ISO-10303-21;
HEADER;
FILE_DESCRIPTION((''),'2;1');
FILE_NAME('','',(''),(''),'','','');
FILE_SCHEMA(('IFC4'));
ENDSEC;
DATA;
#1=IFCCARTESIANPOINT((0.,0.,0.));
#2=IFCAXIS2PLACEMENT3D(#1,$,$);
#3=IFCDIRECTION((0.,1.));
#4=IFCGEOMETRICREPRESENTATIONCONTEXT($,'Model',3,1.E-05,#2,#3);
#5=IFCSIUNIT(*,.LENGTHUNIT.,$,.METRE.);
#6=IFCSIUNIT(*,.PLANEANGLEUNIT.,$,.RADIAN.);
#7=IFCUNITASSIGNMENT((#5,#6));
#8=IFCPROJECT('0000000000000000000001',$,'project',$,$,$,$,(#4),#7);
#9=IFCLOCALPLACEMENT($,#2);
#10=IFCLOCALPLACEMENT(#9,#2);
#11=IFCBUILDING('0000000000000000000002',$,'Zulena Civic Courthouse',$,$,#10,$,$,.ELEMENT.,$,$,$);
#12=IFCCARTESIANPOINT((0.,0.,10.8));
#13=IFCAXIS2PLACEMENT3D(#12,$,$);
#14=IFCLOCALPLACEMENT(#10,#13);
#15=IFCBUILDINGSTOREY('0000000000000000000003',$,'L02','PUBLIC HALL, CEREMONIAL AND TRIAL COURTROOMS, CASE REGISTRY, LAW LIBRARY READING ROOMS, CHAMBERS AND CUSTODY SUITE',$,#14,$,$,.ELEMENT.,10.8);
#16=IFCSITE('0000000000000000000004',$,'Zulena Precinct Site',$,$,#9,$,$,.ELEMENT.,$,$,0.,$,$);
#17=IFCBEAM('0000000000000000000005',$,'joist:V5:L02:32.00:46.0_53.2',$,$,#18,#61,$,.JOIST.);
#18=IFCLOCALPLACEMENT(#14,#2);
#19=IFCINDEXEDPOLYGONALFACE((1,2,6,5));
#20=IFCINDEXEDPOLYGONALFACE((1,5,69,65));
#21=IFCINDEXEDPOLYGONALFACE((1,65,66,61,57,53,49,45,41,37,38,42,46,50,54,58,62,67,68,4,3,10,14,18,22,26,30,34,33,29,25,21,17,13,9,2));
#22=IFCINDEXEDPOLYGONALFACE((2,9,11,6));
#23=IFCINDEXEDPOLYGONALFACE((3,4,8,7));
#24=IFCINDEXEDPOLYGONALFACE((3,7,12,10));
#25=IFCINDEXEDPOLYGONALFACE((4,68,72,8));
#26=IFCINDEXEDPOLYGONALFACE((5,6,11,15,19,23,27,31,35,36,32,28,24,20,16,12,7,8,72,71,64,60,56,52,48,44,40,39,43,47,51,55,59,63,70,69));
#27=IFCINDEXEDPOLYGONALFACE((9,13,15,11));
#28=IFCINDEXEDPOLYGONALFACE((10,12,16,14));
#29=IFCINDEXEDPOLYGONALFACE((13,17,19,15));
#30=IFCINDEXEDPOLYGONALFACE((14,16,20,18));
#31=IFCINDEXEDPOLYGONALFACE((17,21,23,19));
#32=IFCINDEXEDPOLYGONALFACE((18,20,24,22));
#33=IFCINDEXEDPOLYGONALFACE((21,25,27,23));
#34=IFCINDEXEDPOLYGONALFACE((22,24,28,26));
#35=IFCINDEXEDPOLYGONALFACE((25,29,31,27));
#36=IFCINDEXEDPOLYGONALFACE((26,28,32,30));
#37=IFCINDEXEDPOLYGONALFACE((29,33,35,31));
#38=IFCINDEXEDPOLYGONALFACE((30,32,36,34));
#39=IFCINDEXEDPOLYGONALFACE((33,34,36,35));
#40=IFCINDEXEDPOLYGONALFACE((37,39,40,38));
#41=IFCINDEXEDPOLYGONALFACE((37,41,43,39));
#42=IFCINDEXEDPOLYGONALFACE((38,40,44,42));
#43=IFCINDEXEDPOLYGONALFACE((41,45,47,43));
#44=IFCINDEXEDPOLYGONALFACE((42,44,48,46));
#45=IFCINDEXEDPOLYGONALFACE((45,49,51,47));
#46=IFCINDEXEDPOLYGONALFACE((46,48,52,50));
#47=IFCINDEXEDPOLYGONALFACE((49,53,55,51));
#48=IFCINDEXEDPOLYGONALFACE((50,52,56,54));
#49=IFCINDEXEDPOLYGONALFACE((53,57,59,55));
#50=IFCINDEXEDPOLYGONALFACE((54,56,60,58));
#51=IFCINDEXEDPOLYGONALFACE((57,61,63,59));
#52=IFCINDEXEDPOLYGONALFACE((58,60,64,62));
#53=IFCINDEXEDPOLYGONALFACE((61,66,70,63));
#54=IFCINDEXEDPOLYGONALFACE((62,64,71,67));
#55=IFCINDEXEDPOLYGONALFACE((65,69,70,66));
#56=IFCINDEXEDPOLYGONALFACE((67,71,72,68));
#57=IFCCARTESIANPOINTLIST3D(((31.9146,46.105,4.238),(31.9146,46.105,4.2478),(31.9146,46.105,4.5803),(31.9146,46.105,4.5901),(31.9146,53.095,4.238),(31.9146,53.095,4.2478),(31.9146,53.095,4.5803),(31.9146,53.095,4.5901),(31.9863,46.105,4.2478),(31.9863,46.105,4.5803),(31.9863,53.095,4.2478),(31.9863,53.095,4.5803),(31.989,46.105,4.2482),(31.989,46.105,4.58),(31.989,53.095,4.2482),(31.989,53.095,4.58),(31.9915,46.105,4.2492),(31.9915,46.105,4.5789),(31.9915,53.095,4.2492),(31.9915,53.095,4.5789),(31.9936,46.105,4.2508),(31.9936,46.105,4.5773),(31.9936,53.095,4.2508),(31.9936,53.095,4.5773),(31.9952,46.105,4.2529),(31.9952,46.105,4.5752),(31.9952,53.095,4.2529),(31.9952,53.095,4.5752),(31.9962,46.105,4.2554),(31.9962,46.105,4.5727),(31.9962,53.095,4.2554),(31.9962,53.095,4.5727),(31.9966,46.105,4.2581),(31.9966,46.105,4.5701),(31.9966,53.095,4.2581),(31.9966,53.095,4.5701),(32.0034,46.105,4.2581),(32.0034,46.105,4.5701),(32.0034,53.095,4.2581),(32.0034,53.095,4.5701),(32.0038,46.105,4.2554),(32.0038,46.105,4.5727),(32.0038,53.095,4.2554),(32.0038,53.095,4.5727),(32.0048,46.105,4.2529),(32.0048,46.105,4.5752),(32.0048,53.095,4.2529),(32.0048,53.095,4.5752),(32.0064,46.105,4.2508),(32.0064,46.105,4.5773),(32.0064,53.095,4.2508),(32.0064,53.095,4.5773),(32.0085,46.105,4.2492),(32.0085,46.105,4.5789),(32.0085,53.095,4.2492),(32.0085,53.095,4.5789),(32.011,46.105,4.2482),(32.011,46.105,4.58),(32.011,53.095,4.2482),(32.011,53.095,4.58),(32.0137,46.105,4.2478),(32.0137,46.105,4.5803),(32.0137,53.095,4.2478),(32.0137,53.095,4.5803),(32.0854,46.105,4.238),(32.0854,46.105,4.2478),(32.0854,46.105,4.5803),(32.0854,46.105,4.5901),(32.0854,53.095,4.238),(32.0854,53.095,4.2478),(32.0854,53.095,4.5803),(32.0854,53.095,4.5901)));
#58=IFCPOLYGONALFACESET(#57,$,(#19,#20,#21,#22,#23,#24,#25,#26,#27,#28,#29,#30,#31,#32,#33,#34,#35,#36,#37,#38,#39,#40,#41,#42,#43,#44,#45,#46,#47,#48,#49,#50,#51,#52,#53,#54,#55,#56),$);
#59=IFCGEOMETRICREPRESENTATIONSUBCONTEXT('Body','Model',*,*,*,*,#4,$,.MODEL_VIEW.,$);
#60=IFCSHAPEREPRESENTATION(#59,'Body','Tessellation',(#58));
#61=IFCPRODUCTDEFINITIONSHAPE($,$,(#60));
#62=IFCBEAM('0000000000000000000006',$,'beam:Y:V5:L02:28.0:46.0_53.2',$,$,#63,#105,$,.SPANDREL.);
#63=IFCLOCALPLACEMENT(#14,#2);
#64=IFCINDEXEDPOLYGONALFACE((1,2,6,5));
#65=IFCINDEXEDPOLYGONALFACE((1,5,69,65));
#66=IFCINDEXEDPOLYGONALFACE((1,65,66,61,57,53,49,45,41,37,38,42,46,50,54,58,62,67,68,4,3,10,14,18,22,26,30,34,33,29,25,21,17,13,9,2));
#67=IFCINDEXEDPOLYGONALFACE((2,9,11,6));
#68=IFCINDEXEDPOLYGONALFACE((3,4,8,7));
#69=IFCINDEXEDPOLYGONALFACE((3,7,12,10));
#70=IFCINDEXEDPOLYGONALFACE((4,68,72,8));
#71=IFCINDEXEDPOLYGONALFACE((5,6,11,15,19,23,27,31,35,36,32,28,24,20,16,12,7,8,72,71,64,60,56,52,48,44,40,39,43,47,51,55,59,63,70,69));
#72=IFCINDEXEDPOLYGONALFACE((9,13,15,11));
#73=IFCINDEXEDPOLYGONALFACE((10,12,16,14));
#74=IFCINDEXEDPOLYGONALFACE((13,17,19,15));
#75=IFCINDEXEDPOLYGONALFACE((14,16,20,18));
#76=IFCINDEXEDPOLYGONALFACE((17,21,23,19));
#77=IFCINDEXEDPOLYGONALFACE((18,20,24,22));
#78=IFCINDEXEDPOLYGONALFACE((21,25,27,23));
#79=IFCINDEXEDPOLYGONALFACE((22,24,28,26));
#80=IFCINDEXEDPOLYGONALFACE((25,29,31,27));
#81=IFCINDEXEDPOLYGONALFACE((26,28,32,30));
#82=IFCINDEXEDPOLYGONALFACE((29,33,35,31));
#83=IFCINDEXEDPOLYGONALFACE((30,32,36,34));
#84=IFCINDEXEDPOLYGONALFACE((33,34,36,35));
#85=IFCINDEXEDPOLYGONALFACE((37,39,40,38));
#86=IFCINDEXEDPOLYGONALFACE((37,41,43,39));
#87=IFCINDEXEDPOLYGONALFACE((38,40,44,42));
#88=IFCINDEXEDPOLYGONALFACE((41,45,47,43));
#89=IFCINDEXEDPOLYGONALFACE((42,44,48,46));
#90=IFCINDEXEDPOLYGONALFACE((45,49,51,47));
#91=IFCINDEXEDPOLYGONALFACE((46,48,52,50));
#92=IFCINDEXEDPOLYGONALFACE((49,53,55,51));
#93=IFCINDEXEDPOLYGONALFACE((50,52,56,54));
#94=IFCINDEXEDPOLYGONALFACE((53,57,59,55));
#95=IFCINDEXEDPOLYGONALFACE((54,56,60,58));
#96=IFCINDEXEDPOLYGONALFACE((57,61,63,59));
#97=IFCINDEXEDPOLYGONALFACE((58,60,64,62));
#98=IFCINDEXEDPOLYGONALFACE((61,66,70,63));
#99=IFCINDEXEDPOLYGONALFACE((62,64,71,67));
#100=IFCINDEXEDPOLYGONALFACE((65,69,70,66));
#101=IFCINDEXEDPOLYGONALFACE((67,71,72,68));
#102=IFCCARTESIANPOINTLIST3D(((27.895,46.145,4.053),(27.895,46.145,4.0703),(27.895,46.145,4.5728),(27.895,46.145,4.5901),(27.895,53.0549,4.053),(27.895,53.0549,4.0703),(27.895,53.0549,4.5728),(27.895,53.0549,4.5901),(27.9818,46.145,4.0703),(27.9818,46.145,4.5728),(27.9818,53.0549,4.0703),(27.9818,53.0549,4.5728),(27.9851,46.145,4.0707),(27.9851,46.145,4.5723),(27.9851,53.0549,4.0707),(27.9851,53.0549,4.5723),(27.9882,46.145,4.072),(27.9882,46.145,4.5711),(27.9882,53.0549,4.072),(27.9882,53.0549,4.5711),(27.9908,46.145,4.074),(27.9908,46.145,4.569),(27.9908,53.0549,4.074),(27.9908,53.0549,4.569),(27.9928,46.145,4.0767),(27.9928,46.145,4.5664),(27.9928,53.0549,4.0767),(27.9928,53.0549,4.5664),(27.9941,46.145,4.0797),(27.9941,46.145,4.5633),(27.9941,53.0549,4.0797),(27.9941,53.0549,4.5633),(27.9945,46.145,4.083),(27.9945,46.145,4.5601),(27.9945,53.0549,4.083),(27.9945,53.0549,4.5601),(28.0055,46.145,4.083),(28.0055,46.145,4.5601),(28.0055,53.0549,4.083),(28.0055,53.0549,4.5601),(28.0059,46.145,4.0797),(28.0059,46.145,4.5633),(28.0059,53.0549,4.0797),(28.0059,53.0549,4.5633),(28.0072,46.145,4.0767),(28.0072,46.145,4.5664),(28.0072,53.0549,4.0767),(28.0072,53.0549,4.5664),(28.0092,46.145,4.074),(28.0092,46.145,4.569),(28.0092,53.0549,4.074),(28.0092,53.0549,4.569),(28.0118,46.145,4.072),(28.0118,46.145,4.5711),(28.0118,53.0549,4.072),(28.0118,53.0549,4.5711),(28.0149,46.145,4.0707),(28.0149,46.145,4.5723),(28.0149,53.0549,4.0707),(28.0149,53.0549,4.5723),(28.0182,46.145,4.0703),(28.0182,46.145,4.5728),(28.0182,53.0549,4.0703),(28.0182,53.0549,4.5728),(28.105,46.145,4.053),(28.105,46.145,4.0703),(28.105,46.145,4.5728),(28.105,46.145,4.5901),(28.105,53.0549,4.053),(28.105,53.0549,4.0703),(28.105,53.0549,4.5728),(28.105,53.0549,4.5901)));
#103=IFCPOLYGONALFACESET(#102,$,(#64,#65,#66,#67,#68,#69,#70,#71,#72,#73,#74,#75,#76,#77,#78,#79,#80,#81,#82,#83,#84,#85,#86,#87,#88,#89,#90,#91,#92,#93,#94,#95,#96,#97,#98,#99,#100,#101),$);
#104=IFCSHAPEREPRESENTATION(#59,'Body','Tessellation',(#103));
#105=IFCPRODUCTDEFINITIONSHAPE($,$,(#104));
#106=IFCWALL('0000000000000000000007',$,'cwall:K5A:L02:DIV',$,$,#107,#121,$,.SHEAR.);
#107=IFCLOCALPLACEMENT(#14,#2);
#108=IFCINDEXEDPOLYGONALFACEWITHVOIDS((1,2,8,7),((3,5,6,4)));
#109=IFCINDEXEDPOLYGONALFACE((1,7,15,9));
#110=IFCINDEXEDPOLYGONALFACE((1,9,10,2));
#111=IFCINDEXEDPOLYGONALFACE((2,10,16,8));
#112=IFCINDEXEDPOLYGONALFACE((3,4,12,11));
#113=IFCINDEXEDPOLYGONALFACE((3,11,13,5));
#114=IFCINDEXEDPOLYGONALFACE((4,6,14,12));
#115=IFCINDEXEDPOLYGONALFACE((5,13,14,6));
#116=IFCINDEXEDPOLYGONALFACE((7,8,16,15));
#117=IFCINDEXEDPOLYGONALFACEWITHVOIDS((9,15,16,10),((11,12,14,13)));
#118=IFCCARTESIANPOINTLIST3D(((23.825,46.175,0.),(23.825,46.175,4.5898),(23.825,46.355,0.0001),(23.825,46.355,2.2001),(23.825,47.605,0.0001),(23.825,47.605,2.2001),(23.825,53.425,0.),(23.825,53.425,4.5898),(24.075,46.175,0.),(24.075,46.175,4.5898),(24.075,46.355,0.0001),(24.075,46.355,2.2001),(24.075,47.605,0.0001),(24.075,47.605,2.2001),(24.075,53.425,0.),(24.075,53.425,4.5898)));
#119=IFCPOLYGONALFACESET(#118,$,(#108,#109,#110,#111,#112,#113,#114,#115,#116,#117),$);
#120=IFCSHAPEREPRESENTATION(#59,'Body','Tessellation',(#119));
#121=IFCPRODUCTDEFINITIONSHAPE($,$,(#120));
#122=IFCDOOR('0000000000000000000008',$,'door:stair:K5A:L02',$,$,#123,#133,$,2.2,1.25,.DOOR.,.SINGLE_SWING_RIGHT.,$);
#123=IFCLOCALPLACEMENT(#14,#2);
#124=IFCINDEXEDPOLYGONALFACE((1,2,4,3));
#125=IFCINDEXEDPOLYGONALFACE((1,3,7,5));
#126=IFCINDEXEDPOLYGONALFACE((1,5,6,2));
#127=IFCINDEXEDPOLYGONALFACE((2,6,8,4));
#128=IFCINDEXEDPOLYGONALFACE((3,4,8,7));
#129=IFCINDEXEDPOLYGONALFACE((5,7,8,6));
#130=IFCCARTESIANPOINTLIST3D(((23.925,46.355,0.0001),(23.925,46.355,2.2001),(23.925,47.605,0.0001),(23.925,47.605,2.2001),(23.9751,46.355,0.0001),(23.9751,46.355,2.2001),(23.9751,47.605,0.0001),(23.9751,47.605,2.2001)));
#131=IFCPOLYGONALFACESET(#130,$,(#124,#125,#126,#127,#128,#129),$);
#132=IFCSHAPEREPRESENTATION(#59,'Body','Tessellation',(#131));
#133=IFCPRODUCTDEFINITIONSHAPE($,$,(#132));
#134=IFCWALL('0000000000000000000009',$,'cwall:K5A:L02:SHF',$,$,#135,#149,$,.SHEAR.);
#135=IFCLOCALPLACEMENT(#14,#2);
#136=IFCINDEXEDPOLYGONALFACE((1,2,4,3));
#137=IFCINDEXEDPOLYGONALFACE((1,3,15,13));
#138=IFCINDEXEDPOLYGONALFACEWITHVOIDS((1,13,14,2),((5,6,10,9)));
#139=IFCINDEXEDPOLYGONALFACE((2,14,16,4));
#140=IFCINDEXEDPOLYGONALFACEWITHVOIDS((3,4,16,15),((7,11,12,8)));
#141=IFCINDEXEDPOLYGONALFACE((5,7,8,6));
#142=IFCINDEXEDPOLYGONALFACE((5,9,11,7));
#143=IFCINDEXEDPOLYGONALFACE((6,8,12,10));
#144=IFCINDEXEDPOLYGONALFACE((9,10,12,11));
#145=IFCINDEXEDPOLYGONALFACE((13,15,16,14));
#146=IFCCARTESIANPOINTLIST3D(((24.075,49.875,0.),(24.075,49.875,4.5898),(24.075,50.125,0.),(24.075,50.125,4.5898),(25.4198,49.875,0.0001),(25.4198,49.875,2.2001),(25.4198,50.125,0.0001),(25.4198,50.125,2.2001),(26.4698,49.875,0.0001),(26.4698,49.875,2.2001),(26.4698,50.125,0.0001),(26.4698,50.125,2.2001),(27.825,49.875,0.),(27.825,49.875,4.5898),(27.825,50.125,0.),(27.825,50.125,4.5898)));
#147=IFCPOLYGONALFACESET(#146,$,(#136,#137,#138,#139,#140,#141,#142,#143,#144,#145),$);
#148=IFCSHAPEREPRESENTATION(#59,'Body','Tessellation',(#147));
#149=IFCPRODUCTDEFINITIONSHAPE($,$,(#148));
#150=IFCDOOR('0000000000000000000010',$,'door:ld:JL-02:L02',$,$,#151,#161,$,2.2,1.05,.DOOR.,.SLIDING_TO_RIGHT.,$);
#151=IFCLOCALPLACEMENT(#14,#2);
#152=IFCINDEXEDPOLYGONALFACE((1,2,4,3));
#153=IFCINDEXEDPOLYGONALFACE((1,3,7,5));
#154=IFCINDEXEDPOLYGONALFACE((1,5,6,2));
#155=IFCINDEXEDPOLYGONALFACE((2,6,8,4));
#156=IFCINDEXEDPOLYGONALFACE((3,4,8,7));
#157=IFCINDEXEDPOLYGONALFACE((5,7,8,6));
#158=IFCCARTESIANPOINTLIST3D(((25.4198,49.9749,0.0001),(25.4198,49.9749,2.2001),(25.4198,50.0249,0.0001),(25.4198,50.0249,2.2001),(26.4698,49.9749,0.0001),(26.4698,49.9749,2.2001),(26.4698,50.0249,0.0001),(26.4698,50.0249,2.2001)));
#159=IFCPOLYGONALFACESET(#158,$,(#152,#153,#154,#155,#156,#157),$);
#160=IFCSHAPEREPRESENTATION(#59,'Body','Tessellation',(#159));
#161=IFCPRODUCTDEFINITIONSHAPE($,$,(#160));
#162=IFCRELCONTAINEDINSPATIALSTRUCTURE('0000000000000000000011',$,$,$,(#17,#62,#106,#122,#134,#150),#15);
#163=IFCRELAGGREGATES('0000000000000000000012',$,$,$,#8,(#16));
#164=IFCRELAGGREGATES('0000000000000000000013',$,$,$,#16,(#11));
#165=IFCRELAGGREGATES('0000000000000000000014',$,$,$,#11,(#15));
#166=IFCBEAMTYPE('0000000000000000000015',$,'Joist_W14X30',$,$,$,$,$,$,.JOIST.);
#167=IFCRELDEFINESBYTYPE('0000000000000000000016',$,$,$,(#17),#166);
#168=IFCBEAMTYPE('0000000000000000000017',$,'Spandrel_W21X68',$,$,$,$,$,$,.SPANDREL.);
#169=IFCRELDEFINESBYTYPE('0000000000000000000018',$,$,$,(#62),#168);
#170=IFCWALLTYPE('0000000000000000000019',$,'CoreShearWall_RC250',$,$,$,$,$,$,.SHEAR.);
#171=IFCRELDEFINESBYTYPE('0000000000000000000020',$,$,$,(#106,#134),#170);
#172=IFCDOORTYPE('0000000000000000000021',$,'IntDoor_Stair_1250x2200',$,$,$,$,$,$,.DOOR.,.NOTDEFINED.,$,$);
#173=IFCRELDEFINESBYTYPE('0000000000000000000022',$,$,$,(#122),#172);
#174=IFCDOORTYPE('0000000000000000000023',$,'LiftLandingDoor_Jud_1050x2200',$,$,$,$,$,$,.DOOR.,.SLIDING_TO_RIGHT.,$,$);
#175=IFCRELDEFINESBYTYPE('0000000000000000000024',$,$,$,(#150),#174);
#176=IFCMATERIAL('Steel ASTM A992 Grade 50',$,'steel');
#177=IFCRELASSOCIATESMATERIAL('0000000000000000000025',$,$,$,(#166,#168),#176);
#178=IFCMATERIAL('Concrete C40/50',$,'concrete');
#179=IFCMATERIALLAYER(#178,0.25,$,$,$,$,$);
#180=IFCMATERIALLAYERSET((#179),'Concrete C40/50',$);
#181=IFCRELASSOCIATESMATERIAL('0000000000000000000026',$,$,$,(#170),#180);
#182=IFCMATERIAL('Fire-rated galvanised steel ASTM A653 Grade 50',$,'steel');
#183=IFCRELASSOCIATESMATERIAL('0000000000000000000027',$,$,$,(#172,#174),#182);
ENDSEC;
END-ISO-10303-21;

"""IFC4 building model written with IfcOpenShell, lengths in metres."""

from ifc_helpers import new_model, si_unit, direction, frame, frame_2d, origin, origin_2d, place, context, subcontext, project, spatial, rectangle, i_section, extrude, material, layer, layer_set, material_profile, profile_set, type_object, element, fill, save


model = new_model("IFC4")

# Units and contexts
model_context = context("Model", 3, precision=1e-05, world=origin(), true_north=direction((0.0, 1.0)))
body_context = subcontext(model_context, "Body", "Model", "MODEL_VIEW")
ifc_project = project(units=[si_unit("LENGTHUNIT", "METRE"), si_unit("PLANEANGLEUNIT", "RADIAN")], contexts=[model_context])

# Site, building, storey
site_placement = place(None, origin())
site = spatial("IfcSite", under=ifc_project, at=site_placement, Name="Zulena Precinct Site", CompositionType="ELEMENT", RefElevation=0.0)
building_placement = place(site_placement, origin())
building = spatial("IfcBuilding", under=site, at=building_placement, Name="Zulena Civic Courthouse", CompositionType="ELEMENT")
storey_placement = place(building_placement, frame((0.0, 0.0, 10.8)))
storey = spatial("IfcBuildingStorey", under=building, at=storey_placement, Name="L02", Description="PUBLIC HALL, CEREMONIAL AND TRIAL COURTROOMS, CASE REGISTRY, LAW LIBRARY READING ROOMS, CHAMBERS AND CUSTODY SUITE", CompositionType="ELEMENT", Elevation=10.8)

# Beams
ifc_material_1 = material(Name="Steel ASTM A992 Grade 50", Category="steel")
ifc_material_profile_1 = material_profile(ifc_material_1, i_section(OverallWidth=0.1709, OverallDepth=0.3521, WebThickness=0.0068, FlangeThickness=0.0098, FilletRadius=0.0103, at=origin_2d()), Name="W14X30")
ifc_profile_set_1 = profile_set([ifc_material_profile_1], Name="Steel ASTM A992 Grade 50")
beam_type_1 = type_object("IfcBeamType", Name="Joist_W14X30", PredefinedType="JOIST", material=ifc_profile_set_1)
beam_1_placement = place(storey_placement, frame((32.0, 46.105, 4.4141), z_axis=(0.0, 1.0, 0.0), x_axis=(-1.0, 0.0, 0.0)))
element("IfcBeam", 1, at=beam_1_placement, inside=storey, type_object=beam_type_1, Name="joist:V5:L02:32.00:46.0_53.2", PredefinedType="JOIST", context=body_context, shape_type="SweptSolid", body=[
    extrude(i_section(OverallWidth=0.1709, OverallDepth=0.3521, WebThickness=0.0068, FlangeThickness=0.0098, FilletRadius=0.0103, at=origin_2d()), origin(), (0.0, 0.0, 1.0), 6.99),
])
ifc_material_profile_2 = material_profile(ifc_material_1, i_section(OverallWidth=0.21, OverallDepth=0.5371, WebThickness=0.011, FlangeThickness=0.0173, FilletRadius=0.0127, at=origin_2d()), Name="W21X68")
ifc_profile_set_2 = profile_set([ifc_material_profile_2], Name="Steel ASTM A992 Grade 50")
beam_type_2 = type_object("IfcBeamType", Name="Spandrel_W21X68", PredefinedType="SPANDREL", material=ifc_profile_set_2)
beam_2_placement = place(storey_placement, frame((28.0, 46.145, 4.3215), z_axis=(0.0, 1.0, 0.0), x_axis=(-1.0, 0.0, 0.0)))
element("IfcBeam", 2, at=beam_2_placement, inside=storey, type_object=beam_type_2, Name="beam:Y:V5:L02:28.0:46.0_53.2", PredefinedType="SPANDREL", context=body_context, shape_type="SweptSolid", body=[
    extrude(i_section(OverallWidth=0.21, OverallDepth=0.5371, WebThickness=0.011, FlangeThickness=0.0173, FilletRadius=0.0127, at=origin_2d()), origin(), (0.0, 0.0, 1.0), 6.9099),
])

# Walls, openings, doors
ifc_material_2 = material(Name="Concrete C40/50", Category="concrete")
ifc_layer_1 = layer(ifc_material_2, 0.25)
ifc_layer_set_1 = layer_set([ifc_layer_1], Name="Concrete C40/50")
wall_type_1 = type_object("IfcWallType", Name="CoreShearWall_RC250", PredefinedType="SHEAR", material=ifc_layer_set_1)
wall_1_placement = place(storey_placement, frame((23.95, 46.175, 0.0), z_axis=(0.0, 0.0, 1.0), x_axis=(0.0, 1.0, 0.0)))
wall_1 = element("IfcWall", 3, at=wall_1_placement, inside=storey, type_object=wall_type_1, Name="cwall:K5A:L02:DIV", PredefinedType="SHEAR", context=body_context, shape_type="SweptSolid", body=[
    extrude(rectangle(XDim=7.25, YDim=0.25, at=frame_2d((3.625, 0.0))), origin(), (0.0, 0.0, 1.0), 4.5898),
])
opening_1_placement = place(wall_1_placement, frame((0.1799, 0.0, 0.0)))
opening_1 = element("IfcOpeningElement", 4, at=opening_1_placement, cuts=wall_1, PredefinedType="OPENING", context=body_context, shape_type="SweptSolid", body=[
    extrude(rectangle(XDim=1.25, YDim=2.2, at=frame_2d((0.625, 1.1001))), frame((0.0, 0.135, 0.0), z_axis=(0.0, -1.0, 0.0), x_axis=(1.0, 0.0, 0.0)), (0.0, 0.0, 1.0), 0.27),
])
ifc_material_3 = material(Name="Fire-rated galvanised steel ASTM A653 Grade 50", Category="steel")
door_type_1 = type_object("IfcDoorType", Name="IntDoor_Stair_1250x2200", OperationType="NOTDEFINED", PredefinedType="DOOR", material=ifc_material_3)
door_1_placement = place(opening_1_placement, origin())
door_1 = element("IfcDoor", 5, at=door_1_placement, inside=storey, type_object=door_type_1, Name="door:stair:K5A:L02", OperationType="SINGLE_SWING_RIGHT", OverallHeight=2.2, OverallWidth=1.25, PredefinedType="DOOR", context=body_context, shape_type="SweptSolid", body=[
    extrude(rectangle(XDim=1.25, YDim=2.2, at=frame_2d((0.625, 1.1001))), frame((0.0, 0.0249, 0.0), z_axis=(0.0, -1.0, 0.0), x_axis=(1.0, 0.0, 0.0)), (0.0, 0.0, 1.0), 0.05),
])
fill(opening_1, door_1)
wall_2_placement = place(storey_placement, frame((24.075, 50.0, 0.0), z_axis=(0.0, 0.0, 1.0), x_axis=(1.0, 0.0, 0.0)))
wall_2 = element("IfcWall", 6, at=wall_2_placement, inside=storey, type_object=wall_type_1, Name="cwall:K5A:L02:SHF", PredefinedType="SHEAR", context=body_context, shape_type="SweptSolid", body=[
    extrude(rectangle(XDim=3.75, YDim=0.25, at=frame_2d((1.875, 0.0))), origin(), (0.0, 0.0, 1.0), 4.5898),
])
opening_2_placement = place(wall_2_placement, frame((1.345, 0.0, 0.0)))
opening_2 = element("IfcOpeningElement", 7, at=opening_2_placement, cuts=wall_2, PredefinedType="OPENING", context=body_context, shape_type="SweptSolid", body=[
    extrude(rectangle(XDim=1.05, YDim=2.2, at=frame_2d((0.5249, 1.1001))), frame((0.0, 0.135, 0.0), z_axis=(0.0, -1.0, 0.0), x_axis=(1.0, 0.0, 0.0)), (0.0, 0.0, 1.0), 0.27),
])
door_type_2 = type_object("IfcDoorType", Name="LiftLandingDoor_Jud_1050x2200", OperationType="SLIDING_TO_RIGHT", PredefinedType="DOOR", material=ifc_material_3)
door_2_placement = place(opening_2_placement, origin())
door_2 = element("IfcDoor", 8, at=door_2_placement, inside=storey, type_object=door_type_2, Name="door:ld:JL-02:L02", OperationType="SLIDING_TO_RIGHT", OverallHeight=2.2, OverallWidth=1.05, PredefinedType="DOOR", context=body_context, shape_type="SweptSolid", body=[
    extrude(rectangle(XDim=1.05, YDim=2.2, at=frame_2d((0.5249, 1.1001))), frame((0.0, 0.0249, 0.0), z_axis=(0.0, -1.0, 0.0), x_axis=(1.0, 0.0, 0.0)), (0.0, 0.0, 1.0), 0.05),
])
fill(opening_2, door_2)

save(model, "model.ifc")
